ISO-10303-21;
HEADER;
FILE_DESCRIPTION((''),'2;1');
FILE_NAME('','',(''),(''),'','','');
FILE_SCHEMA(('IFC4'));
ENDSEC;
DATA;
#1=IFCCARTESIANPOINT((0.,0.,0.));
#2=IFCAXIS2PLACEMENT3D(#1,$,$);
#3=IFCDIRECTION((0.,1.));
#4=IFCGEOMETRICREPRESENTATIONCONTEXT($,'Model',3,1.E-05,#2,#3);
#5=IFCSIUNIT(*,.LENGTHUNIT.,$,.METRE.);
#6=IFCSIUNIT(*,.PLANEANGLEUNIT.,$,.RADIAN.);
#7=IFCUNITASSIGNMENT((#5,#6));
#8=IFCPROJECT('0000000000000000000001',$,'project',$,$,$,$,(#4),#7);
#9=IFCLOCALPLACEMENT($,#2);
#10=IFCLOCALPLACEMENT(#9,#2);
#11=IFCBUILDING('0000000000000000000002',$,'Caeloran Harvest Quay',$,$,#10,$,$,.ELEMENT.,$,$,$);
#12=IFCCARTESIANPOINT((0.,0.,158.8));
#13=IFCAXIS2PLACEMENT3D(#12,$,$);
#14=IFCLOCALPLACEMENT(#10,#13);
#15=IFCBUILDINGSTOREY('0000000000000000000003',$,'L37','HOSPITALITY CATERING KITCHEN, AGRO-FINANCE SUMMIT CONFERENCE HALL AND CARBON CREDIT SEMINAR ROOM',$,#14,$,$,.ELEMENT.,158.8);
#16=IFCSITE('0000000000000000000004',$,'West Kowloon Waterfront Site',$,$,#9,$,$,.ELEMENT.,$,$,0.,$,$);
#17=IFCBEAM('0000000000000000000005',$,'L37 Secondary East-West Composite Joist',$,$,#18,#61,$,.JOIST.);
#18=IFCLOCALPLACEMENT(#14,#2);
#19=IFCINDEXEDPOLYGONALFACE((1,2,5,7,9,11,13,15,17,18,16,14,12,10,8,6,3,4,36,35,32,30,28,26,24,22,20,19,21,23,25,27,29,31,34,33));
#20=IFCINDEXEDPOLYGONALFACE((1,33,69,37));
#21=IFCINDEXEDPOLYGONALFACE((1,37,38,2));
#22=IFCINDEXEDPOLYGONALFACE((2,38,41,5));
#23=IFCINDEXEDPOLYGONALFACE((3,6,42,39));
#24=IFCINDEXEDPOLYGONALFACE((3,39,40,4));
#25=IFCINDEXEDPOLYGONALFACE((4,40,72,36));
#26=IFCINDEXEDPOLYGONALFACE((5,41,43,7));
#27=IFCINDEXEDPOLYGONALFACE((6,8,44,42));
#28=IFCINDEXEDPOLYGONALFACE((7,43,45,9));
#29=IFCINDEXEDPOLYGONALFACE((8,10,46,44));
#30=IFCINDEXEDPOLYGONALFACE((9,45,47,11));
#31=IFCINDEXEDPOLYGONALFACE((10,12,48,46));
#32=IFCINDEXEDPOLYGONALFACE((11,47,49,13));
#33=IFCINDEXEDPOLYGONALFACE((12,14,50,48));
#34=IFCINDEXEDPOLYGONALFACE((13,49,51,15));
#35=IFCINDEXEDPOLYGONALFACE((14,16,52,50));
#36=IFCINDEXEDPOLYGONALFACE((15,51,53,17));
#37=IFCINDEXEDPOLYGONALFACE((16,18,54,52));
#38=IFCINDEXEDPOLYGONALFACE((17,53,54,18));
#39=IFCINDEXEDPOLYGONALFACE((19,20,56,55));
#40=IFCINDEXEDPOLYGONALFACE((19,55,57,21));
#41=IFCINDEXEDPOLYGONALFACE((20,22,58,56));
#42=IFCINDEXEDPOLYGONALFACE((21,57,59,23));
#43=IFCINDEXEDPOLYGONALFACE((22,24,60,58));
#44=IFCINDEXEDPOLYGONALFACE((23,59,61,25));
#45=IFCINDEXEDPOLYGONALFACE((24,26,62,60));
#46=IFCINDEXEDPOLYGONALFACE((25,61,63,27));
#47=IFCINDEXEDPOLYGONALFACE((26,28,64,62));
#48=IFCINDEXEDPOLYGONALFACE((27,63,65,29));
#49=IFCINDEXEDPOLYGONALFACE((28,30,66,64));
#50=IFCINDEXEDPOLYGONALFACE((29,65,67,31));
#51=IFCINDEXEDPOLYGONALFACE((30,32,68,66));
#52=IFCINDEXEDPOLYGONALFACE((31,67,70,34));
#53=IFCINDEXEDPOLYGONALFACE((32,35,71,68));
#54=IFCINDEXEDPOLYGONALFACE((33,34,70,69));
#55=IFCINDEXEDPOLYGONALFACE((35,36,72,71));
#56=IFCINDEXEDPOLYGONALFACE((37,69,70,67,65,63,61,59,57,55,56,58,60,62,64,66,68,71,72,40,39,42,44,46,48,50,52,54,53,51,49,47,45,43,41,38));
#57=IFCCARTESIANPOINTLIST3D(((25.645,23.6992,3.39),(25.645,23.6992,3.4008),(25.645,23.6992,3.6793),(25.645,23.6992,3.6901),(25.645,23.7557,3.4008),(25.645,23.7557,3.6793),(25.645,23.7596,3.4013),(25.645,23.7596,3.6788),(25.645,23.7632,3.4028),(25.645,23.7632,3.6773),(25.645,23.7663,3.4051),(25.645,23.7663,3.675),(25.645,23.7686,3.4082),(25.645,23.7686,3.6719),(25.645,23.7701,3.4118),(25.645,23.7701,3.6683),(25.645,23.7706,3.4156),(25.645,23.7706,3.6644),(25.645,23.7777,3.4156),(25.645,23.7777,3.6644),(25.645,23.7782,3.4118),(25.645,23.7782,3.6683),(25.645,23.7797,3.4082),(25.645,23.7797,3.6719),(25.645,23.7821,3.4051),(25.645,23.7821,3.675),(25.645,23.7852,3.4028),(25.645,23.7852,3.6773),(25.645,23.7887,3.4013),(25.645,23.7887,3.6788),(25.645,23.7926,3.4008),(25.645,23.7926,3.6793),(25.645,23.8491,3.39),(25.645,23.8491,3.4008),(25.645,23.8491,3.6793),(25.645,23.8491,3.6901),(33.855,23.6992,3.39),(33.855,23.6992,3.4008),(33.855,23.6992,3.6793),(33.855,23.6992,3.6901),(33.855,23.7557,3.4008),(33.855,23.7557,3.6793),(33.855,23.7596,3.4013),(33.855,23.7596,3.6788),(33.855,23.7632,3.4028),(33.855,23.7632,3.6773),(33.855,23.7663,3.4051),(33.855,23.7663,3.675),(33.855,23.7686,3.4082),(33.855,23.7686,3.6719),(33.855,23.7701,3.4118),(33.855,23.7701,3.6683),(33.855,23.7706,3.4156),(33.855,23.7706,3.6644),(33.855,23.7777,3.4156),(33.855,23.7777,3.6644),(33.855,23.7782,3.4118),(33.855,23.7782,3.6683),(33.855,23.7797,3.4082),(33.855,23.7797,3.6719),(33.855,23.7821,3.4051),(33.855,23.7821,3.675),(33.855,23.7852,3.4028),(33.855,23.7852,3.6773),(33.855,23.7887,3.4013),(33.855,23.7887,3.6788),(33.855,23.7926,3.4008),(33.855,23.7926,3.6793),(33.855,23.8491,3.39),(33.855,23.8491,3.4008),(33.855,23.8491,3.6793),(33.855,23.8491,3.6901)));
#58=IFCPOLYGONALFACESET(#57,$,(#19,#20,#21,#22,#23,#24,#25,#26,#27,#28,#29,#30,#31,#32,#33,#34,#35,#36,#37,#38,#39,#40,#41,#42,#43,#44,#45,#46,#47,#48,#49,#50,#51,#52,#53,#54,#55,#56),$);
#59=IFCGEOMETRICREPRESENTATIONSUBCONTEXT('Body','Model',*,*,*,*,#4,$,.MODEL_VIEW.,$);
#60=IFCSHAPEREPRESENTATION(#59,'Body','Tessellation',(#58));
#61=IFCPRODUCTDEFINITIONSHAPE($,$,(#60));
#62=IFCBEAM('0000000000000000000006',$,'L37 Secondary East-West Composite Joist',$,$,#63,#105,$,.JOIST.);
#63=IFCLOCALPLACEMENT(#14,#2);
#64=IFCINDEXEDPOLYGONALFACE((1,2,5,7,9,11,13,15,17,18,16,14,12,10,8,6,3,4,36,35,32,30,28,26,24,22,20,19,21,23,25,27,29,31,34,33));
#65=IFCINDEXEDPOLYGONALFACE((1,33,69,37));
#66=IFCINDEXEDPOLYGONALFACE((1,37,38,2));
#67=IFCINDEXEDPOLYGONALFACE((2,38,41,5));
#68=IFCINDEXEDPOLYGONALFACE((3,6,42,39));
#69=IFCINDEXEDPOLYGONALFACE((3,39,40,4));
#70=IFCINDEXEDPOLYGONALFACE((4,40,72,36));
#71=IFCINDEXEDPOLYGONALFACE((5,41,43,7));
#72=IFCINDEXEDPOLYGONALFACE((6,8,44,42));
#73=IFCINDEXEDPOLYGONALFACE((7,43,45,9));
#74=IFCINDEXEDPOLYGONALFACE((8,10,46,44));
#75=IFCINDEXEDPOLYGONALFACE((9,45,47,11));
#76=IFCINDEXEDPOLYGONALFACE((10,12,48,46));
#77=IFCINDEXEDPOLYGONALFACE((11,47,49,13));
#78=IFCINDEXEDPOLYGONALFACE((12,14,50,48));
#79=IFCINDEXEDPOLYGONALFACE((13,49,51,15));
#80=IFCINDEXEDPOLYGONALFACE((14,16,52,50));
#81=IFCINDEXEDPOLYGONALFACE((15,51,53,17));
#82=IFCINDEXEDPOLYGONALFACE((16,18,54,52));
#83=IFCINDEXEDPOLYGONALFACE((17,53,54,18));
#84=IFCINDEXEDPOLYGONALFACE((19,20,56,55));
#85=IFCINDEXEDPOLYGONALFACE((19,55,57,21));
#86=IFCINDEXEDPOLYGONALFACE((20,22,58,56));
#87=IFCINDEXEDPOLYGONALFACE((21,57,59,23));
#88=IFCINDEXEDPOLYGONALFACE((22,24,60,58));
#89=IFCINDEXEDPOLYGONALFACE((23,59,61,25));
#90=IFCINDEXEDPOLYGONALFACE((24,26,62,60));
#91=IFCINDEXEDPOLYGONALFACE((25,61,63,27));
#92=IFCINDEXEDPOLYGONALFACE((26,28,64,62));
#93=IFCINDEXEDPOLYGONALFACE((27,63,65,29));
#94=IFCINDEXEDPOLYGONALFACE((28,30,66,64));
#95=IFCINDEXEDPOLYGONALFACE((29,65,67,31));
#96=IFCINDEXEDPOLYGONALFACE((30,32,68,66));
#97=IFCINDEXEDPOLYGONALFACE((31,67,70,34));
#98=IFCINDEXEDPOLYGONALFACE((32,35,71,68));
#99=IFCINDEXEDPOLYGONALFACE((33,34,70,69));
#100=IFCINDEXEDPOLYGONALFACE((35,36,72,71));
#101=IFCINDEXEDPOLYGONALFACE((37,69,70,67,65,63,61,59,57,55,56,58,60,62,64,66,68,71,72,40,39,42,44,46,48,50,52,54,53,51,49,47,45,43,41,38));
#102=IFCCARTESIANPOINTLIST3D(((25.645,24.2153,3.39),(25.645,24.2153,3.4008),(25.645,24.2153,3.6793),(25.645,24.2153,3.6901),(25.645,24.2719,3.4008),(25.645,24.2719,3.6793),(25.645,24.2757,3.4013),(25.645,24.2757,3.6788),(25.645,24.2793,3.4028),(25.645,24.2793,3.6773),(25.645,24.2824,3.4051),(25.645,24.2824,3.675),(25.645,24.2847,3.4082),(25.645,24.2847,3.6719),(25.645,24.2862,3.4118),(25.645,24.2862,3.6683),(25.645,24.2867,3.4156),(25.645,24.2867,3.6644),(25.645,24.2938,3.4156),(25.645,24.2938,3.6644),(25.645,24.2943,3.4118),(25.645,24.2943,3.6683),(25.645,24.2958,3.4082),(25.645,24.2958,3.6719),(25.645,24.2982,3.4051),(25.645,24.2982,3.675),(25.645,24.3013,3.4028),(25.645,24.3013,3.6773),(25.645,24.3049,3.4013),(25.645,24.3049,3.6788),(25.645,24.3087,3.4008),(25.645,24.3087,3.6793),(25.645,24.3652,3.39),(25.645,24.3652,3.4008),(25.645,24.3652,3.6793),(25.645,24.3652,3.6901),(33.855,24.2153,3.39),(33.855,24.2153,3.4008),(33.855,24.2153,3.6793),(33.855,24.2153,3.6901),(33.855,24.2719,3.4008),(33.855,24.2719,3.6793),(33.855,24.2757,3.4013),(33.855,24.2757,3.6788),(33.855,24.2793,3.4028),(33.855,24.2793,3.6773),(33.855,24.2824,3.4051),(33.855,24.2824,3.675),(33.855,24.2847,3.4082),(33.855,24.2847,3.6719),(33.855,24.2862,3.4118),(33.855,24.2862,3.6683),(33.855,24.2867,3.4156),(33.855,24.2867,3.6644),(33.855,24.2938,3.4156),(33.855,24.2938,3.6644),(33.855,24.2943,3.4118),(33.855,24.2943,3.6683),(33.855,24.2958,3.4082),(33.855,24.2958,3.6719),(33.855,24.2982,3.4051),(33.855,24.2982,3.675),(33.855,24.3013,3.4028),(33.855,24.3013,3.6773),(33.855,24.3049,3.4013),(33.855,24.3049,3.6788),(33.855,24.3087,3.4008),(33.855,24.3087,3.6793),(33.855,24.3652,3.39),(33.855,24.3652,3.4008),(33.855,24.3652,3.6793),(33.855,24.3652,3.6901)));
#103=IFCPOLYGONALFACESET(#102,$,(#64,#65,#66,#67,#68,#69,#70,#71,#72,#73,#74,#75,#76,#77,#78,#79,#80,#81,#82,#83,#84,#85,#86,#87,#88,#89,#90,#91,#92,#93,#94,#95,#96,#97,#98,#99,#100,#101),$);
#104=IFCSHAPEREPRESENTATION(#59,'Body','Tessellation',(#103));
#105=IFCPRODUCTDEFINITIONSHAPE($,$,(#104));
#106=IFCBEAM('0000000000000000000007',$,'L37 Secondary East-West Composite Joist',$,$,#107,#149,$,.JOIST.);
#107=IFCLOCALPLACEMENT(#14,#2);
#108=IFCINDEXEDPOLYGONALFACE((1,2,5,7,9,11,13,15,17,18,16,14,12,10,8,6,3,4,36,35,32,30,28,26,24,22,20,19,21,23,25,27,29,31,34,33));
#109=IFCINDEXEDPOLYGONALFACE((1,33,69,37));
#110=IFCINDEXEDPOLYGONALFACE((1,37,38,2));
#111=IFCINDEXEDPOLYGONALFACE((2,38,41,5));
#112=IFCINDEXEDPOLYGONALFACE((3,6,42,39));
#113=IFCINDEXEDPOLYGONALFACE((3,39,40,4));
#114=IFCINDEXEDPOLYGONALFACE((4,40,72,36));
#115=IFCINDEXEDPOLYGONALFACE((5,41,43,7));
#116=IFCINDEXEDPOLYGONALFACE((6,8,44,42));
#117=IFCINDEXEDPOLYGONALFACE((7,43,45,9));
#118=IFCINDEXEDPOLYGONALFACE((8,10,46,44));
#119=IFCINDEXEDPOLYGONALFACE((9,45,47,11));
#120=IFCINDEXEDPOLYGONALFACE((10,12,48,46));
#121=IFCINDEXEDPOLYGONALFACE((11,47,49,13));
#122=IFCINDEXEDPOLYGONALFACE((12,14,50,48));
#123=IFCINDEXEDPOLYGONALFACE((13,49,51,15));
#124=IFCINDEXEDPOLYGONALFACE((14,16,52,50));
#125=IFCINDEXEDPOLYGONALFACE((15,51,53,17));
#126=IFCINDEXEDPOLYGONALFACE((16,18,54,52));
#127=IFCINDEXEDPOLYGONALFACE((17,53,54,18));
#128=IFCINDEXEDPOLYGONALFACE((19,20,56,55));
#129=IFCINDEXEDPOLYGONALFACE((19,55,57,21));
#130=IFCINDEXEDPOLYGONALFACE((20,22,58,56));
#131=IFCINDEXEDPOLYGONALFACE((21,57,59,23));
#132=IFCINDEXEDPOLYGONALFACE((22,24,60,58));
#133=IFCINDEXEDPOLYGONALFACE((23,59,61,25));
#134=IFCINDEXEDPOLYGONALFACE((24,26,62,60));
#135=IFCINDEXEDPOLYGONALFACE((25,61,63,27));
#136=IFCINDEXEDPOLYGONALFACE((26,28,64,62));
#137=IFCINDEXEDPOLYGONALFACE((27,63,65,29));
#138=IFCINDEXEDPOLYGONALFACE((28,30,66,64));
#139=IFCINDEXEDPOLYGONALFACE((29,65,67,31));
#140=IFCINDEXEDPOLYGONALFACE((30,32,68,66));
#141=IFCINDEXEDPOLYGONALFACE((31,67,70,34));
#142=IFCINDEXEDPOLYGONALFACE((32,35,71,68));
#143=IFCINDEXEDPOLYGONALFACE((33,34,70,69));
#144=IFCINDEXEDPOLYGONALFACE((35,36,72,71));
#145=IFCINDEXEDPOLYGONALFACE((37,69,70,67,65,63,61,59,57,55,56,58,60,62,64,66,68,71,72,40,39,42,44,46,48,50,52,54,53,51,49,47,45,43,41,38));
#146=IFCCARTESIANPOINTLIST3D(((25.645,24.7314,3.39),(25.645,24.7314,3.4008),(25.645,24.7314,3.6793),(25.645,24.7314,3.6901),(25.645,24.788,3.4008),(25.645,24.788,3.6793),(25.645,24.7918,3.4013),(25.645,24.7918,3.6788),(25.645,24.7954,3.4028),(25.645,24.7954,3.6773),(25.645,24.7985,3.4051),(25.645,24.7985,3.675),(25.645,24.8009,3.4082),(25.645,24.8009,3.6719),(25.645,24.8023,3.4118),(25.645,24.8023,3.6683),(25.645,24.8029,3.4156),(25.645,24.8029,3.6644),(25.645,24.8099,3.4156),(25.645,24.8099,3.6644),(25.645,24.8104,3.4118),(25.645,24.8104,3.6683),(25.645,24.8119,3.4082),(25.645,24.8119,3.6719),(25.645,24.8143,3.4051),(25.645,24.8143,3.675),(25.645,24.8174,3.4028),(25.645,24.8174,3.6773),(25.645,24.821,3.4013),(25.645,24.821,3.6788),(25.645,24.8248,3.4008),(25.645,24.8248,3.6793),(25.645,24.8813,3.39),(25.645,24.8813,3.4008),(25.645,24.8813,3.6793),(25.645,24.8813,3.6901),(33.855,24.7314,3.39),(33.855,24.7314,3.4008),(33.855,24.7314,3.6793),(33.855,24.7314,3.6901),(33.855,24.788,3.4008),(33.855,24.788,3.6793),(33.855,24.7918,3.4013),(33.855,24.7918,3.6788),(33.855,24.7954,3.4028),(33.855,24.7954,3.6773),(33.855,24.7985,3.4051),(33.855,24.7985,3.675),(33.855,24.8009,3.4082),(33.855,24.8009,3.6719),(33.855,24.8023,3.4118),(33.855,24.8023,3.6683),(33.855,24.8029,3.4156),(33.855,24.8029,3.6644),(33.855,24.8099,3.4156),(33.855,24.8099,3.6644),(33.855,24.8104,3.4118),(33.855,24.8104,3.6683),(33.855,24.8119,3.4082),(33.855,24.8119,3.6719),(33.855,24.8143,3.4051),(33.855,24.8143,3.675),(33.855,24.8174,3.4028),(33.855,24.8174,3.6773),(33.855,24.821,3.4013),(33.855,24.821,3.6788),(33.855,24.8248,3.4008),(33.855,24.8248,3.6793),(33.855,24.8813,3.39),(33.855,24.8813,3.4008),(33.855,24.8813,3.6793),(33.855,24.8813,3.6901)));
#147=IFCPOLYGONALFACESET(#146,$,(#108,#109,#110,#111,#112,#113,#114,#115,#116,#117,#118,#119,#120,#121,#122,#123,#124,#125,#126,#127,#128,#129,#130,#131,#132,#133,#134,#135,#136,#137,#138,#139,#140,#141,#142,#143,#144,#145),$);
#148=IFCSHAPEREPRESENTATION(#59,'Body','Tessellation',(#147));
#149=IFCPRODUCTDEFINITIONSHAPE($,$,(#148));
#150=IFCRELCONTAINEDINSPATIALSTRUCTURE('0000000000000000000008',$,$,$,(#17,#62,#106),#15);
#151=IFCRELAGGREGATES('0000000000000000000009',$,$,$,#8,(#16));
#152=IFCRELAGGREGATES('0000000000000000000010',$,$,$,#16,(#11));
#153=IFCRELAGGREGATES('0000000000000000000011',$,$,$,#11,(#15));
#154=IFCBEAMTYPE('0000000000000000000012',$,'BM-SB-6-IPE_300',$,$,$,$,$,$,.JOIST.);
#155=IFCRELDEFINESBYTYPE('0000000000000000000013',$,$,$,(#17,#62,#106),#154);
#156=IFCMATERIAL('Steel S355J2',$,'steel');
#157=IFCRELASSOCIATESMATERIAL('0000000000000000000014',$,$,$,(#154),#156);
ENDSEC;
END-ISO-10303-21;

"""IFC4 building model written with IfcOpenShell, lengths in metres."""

from ifc_helpers import new_model, si_unit, direction, frame, origin, origin_2d, place, context, subcontext, project, spatial, i_section, extrude, material, material_profile, profile_set, type_object, element, save


model = new_model("IFC4")

# Units and contexts
model_context = context("Model", 3, precision=1e-05, world=origin(), true_north=direction((0.0, 1.0)))
body_context = subcontext(model_context, "Body", "Model", "MODEL_VIEW")
ifc_project = project(units=[si_unit("LENGTHUNIT", "METRE"), si_unit("PLANEANGLEUNIT", "RADIAN")], contexts=[model_context])

# Site, building, storey
site_placement = place(None, origin())
site = spatial("IfcSite", under=ifc_project, at=site_placement, Name="West Kowloon Waterfront Site", CompositionType="ELEMENT", RefElevation=0.0)
building_placement = place(site_placement, origin())
building = spatial("IfcBuilding", under=site, at=building_placement, Name="Caeloran Harvest Quay", CompositionType="ELEMENT")
storey_placement = place(building_placement, frame((0.0, 0.0, 158.8)))
storey = spatial("IfcBuildingStorey", under=building, at=storey_placement, Name="L37", Description="HOSPITALITY CATERING KITCHEN, AGRO-FINANCE SUMMIT CONFERENCE HALL AND CARBON CREDIT SEMINAR ROOM", CompositionType="ELEMENT", Elevation=158.8)

# Beams
ifc_material_1 = material(Name="Steel S355J2", Category="steel")
ifc_material_profile_1 = material_profile(ifc_material_1, i_section(OverallWidth=0.1499, OverallDepth=0.3, WebThickness=0.0071, FlangeThickness=0.0107, FilletRadius=0.0149, at=origin_2d()), Name="IPE 300")
ifc_profile_set_1 = profile_set([ifc_material_profile_1], Name="Steel S355J2")
beam_type_1 = type_object("IfcBeamType", Name="BM-SB-6-IPE_300", PredefinedType="JOIST", material=ifc_profile_set_1)
for number, where, z_axis, x_axis, name in (
    (1, (25.645, 23.7742, 3.54), (1.0, 0.0, 0.0), (0.0, 1.0, 0.0), "L37 Secondary East-West Composite Joist"),
    (2, (25.645, 24.2903, 3.54), (1.0, 0.0, 0.0), (0.0, 1.0, 0.0), "L37 Secondary East-West Composite Joist"),
    (3, (25.645, 24.8064, 3.54), (1.0, 0.0, 0.0), (0.0, 1.0, 0.0), "L37 Secondary East-West Composite Joist"),
):
    element("IfcBeam", number, at=place(storey_placement, frame(where, z_axis=z_axis, x_axis=x_axis)), inside=storey, type_object=beam_type_1, Name=name, PredefinedType="JOIST", context=body_context, shape_type="SweptSolid", body=[
        extrude(i_section(OverallWidth=0.1499, OverallDepth=0.3, WebThickness=0.0071, FlangeThickness=0.0107, FilletRadius=0.0149, at=origin_2d()), origin(), (0.0, 0.0, 1.0), 8.21),
    ])

save(model, "model.ifc")
